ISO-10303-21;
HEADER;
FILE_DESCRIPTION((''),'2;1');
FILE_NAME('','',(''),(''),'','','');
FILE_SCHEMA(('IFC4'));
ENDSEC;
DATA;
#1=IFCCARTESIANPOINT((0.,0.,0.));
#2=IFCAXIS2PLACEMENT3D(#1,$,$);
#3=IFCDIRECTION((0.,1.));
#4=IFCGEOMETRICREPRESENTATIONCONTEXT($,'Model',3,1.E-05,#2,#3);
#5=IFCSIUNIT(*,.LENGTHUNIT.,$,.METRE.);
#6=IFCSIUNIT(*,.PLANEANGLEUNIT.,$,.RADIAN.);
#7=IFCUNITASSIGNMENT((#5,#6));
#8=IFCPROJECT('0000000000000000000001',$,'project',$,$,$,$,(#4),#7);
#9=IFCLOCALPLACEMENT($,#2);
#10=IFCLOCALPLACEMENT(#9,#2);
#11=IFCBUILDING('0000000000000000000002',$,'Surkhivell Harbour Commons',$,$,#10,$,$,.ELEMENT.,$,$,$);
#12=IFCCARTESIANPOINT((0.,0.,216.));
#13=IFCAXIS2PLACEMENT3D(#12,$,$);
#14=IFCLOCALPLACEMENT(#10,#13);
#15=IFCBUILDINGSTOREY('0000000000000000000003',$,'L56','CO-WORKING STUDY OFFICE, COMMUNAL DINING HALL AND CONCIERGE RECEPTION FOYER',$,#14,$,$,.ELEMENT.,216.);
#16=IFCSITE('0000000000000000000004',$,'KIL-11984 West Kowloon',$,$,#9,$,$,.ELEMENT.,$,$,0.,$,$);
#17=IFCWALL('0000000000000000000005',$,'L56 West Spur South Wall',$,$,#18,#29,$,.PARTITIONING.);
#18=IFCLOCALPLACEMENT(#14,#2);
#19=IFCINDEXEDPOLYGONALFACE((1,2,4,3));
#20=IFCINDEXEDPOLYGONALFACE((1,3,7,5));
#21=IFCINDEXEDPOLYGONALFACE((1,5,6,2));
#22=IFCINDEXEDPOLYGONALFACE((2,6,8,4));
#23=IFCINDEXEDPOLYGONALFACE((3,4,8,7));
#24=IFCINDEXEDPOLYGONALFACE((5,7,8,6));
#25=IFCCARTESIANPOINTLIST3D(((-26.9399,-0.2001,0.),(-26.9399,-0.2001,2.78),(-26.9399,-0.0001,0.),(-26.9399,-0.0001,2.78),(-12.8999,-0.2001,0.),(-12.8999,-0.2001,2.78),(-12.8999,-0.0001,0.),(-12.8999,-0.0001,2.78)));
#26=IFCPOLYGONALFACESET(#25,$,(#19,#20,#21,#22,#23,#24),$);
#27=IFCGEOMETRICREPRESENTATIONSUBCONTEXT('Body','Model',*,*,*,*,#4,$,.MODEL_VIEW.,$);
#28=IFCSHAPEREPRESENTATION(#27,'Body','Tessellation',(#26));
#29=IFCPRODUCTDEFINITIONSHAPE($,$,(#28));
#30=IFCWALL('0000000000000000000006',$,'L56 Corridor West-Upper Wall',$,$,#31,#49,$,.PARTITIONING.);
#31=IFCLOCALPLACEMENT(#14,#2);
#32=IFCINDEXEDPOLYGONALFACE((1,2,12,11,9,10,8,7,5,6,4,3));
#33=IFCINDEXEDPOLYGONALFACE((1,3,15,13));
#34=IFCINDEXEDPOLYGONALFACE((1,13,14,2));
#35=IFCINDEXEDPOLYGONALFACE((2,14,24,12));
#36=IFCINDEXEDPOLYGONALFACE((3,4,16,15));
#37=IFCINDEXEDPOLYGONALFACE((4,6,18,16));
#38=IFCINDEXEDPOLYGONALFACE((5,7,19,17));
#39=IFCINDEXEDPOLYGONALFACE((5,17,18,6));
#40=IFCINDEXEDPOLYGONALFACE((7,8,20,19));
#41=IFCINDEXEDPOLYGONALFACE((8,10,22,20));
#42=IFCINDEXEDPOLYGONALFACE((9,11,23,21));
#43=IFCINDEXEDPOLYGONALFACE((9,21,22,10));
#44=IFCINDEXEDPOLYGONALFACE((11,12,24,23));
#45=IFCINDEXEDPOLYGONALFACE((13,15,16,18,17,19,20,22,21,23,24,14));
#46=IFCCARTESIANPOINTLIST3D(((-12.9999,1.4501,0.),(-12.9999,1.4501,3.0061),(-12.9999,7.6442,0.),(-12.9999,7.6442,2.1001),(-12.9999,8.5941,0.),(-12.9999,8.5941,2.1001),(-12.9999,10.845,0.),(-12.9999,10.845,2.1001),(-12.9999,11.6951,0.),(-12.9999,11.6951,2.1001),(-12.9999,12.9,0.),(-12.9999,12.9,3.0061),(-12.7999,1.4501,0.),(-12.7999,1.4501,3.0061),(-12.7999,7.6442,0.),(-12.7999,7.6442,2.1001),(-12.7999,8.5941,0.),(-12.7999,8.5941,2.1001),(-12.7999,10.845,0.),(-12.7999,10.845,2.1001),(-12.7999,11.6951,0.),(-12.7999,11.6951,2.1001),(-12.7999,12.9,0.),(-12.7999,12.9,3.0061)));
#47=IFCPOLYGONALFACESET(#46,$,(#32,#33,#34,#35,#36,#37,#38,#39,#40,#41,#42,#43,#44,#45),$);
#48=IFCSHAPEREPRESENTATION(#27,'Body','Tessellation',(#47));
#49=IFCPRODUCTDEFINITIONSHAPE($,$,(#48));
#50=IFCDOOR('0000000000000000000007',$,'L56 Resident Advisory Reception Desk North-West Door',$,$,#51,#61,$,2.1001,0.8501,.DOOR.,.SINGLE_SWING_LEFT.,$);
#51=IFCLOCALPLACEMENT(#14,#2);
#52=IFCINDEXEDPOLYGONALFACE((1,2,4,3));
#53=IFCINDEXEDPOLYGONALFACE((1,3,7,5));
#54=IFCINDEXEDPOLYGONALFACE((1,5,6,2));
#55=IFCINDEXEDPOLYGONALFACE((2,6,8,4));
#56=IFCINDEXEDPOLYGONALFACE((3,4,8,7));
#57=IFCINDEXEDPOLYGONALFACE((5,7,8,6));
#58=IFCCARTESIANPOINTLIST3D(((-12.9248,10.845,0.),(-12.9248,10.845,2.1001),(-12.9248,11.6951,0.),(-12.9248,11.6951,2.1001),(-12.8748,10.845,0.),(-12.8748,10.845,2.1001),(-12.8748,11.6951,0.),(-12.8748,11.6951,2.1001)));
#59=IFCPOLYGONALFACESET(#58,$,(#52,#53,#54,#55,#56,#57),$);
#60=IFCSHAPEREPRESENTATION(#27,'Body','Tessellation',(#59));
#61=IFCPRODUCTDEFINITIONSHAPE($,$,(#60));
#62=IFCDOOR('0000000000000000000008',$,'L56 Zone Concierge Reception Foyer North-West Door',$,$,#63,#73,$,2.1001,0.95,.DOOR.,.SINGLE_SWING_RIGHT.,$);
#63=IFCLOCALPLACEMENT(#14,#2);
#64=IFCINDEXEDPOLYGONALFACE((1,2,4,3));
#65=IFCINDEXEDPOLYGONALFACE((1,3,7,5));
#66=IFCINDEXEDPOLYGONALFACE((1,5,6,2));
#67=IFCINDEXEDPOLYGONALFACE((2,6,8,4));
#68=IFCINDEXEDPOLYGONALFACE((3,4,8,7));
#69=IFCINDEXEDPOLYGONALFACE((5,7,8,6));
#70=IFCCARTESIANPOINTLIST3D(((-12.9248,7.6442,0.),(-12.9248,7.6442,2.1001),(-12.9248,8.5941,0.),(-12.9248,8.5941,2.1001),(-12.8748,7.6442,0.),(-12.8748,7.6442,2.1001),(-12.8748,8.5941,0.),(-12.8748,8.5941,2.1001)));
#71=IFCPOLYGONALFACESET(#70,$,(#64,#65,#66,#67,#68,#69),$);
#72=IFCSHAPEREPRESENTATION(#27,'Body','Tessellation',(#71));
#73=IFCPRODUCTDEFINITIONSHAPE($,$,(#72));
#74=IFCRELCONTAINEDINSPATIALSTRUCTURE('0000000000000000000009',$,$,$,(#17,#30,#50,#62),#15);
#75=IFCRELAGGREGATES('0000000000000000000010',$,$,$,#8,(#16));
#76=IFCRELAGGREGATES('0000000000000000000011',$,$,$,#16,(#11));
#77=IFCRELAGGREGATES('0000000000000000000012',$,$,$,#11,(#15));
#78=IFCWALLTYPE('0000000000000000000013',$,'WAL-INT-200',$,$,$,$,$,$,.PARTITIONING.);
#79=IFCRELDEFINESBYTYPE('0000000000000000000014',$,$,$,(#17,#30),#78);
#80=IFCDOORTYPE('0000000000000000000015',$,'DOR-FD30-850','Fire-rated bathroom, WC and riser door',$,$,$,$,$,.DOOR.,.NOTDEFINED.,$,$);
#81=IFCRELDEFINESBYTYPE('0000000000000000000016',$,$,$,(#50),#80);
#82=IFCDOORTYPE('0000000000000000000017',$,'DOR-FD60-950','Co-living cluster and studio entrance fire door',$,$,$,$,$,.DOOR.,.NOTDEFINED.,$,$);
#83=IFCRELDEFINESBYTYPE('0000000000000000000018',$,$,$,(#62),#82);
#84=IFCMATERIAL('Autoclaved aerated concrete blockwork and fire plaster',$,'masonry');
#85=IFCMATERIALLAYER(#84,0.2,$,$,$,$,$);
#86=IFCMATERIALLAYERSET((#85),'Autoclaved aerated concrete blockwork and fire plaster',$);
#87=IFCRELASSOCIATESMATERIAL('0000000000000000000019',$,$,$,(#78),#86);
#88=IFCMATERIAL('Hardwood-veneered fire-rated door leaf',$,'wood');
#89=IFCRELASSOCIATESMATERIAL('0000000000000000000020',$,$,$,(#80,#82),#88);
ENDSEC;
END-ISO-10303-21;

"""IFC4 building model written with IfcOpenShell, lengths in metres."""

from ifc_helpers import new_model, si_unit, direction, frame, frame_2d, origin, place, context, subcontext, project, spatial, rectangle, extrude, material, layer, layer_set, type_object, element, fill, save


model = new_model("IFC4")

# Units and contexts
model_context = context("Model", 3, precision=1e-05, world=origin(), true_north=direction((0.0, 1.0)))
body_context = subcontext(model_context, "Body", "Model", "MODEL_VIEW")
ifc_project = project(units=[si_unit("LENGTHUNIT", "METRE"), si_unit("PLANEANGLEUNIT", "RADIAN")], contexts=[model_context])

# Site, building, storey
site_placement = place(None, origin())
site = spatial("IfcSite", under=ifc_project, at=site_placement, Name="KIL-11984 West Kowloon", CompositionType="ELEMENT", RefElevation=0.0)
building_placement = place(site_placement, origin())
building = spatial("IfcBuilding", under=site, at=building_placement, Name="Surkhivell Harbour Commons", CompositionType="ELEMENT")
storey_placement = place(building_placement, frame((0.0, 0.0, 216.0)))
storey = spatial("IfcBuildingStorey", under=building, at=storey_placement, Name="L56", Description="CO-WORKING STUDY OFFICE, COMMUNAL DINING HALL AND CONCIERGE RECEPTION FOYER", CompositionType="ELEMENT", Elevation=216.0)

# Shared definitions
ifc_material_1 = material(Name="Hardwood-veneered fire-rated door leaf", Category="wood")

# Wall
ifc_material_2 = material(Name="Autoclaved aerated concrete blockwork and fire plaster", Category="masonry")
ifc_layer_1 = layer(ifc_material_2, 0.2)
ifc_layer_set_1 = layer_set([ifc_layer_1], Name="Autoclaved aerated concrete blockwork and fire plaster")
wall_type_1 = type_object("IfcWallType", Name="WAL-INT-200", PredefinedType="PARTITIONING", material=ifc_layer_set_1)
for number, where, z_axis, x_axis, name in (
    (1, (-26.9399, -0.1001, 0.0), (0.0, 0.0, 1.0), (1.0, 0.0, 0.0), "L56 West Spur South Wall"),
):
    element("IfcWall", number, at=place(storey_placement, frame(where, z_axis=z_axis, x_axis=x_axis)), inside=storey, type_object=wall_type_1, Name=name, PredefinedType="PARTITIONING", context=body_context, shape_type="SweptSolid", body=[
        extrude(rectangle(XDim=14.04, YDim=0.2, at=frame_2d((7.02, 0.0))), origin(), (0.0, 0.0, 1.0), 2.78),
    ])

# Wall, openings, doors
wall_1_placement = place(storey_placement, frame((-12.8999, 1.45, 0.0), z_axis=(0.0, 0.0, 1.0), x_axis=(0.0, 1.0, 0.0)))
wall_1 = element("IfcWall", 2, at=wall_1_placement, inside=storey, type_object=wall_type_1, Name="L56 Corridor West-Upper Wall", PredefinedType="PARTITIONING", context=body_context, shape_type="SweptSolid", body=[
    extrude(rectangle(XDim=11.45, YDim=0.2, at=frame_2d((5.7251, 0.0))), origin(), (0.0, 0.0, 1.0), 3.0061),
])
opening_1_placement = place(wall_1_placement, frame((6.1941, 0.0, 0.0)))
opening_1 = element("IfcOpeningElement", 3, at=opening_1_placement, cuts=wall_1, PredefinedType="OPENING", context=body_context, shape_type="SweptSolid", body=[
    extrude(rectangle(XDim=0.95, YDim=2.1001, at=frame_2d((0.4751, 1.05))), frame((0.0, 0.1099, 0.0), z_axis=(0.0, -1.0, 0.0), x_axis=(1.0, 0.0, 0.0)), (0.0, 0.0, 1.0), 0.22),
])
opening_2_placement = place(wall_1_placement, frame((9.395, 0.0, 0.0)))
opening_2 = element("IfcOpeningElement", 4, at=opening_2_placement, cuts=wall_1, PredefinedType="OPENING", context=body_context, shape_type="SweptSolid", body=[
    extrude(rectangle(XDim=0.8501, YDim=2.1001, at=frame_2d((0.425, 1.05))), frame((0.0, 0.1099, 0.0), z_axis=(0.0, -1.0, 0.0), x_axis=(1.0, 0.0, 0.0)), (0.0, 0.0, 1.0), 0.22),
])
door_type_1 = type_object("IfcDoorType", Name="DOR-FD30-850", Description="Fire-rated bathroom, WC and riser door", OperationType="NOTDEFINED", PredefinedType="DOOR", material=ifc_material_1)
door_1_placement = place(opening_2_placement, origin())
door_1 = element("IfcDoor", 5, at=door_1_placement, inside=storey, type_object=door_type_1, Name="L56 Resident Advisory Reception Desk North-West Door", OperationType="SINGLE_SWING_LEFT", OverallHeight=2.1001, OverallWidth=0.8501, PredefinedType="DOOR", context=body_context, shape_type="SweptSolid", body=[
    extrude(rectangle(XDim=0.8501, YDim=2.1001, at=frame_2d((0.425, 1.05))), frame((0.0, 0.0249, 0.0), z_axis=(0.0, -1.0, 0.0), x_axis=(1.0, 0.0, 0.0)), (0.0, 0.0, 1.0), 0.05),
])
fill(opening_2, door_1)
door_type_2 = type_object("IfcDoorType", Name="DOR-FD60-950", Description="Co-living cluster and studio entrance fire door", OperationType="NOTDEFINED", PredefinedType="DOOR", material=ifc_material_1)
door_2_placement = place(opening_1_placement, origin())
door_2 = element("IfcDoor", 6, at=door_2_placement, inside=storey, type_object=door_type_2, Name="L56 Zone Concierge Reception Foyer North-West Door", OperationType="SINGLE_SWING_RIGHT", OverallHeight=2.1001, OverallWidth=0.95, PredefinedType="DOOR", context=body_context, shape_type="SweptSolid", body=[
    extrude(rectangle(XDim=0.95, YDim=2.1001, at=frame_2d((0.4751, 1.05))), frame((0.0, 0.0249, 0.0), z_axis=(0.0, -1.0, 0.0), x_axis=(1.0, 0.0, 0.0)), (0.0, 0.0, 1.0), 0.05),
])
fill(opening_1, door_2)

save(model, "model.ifc")
